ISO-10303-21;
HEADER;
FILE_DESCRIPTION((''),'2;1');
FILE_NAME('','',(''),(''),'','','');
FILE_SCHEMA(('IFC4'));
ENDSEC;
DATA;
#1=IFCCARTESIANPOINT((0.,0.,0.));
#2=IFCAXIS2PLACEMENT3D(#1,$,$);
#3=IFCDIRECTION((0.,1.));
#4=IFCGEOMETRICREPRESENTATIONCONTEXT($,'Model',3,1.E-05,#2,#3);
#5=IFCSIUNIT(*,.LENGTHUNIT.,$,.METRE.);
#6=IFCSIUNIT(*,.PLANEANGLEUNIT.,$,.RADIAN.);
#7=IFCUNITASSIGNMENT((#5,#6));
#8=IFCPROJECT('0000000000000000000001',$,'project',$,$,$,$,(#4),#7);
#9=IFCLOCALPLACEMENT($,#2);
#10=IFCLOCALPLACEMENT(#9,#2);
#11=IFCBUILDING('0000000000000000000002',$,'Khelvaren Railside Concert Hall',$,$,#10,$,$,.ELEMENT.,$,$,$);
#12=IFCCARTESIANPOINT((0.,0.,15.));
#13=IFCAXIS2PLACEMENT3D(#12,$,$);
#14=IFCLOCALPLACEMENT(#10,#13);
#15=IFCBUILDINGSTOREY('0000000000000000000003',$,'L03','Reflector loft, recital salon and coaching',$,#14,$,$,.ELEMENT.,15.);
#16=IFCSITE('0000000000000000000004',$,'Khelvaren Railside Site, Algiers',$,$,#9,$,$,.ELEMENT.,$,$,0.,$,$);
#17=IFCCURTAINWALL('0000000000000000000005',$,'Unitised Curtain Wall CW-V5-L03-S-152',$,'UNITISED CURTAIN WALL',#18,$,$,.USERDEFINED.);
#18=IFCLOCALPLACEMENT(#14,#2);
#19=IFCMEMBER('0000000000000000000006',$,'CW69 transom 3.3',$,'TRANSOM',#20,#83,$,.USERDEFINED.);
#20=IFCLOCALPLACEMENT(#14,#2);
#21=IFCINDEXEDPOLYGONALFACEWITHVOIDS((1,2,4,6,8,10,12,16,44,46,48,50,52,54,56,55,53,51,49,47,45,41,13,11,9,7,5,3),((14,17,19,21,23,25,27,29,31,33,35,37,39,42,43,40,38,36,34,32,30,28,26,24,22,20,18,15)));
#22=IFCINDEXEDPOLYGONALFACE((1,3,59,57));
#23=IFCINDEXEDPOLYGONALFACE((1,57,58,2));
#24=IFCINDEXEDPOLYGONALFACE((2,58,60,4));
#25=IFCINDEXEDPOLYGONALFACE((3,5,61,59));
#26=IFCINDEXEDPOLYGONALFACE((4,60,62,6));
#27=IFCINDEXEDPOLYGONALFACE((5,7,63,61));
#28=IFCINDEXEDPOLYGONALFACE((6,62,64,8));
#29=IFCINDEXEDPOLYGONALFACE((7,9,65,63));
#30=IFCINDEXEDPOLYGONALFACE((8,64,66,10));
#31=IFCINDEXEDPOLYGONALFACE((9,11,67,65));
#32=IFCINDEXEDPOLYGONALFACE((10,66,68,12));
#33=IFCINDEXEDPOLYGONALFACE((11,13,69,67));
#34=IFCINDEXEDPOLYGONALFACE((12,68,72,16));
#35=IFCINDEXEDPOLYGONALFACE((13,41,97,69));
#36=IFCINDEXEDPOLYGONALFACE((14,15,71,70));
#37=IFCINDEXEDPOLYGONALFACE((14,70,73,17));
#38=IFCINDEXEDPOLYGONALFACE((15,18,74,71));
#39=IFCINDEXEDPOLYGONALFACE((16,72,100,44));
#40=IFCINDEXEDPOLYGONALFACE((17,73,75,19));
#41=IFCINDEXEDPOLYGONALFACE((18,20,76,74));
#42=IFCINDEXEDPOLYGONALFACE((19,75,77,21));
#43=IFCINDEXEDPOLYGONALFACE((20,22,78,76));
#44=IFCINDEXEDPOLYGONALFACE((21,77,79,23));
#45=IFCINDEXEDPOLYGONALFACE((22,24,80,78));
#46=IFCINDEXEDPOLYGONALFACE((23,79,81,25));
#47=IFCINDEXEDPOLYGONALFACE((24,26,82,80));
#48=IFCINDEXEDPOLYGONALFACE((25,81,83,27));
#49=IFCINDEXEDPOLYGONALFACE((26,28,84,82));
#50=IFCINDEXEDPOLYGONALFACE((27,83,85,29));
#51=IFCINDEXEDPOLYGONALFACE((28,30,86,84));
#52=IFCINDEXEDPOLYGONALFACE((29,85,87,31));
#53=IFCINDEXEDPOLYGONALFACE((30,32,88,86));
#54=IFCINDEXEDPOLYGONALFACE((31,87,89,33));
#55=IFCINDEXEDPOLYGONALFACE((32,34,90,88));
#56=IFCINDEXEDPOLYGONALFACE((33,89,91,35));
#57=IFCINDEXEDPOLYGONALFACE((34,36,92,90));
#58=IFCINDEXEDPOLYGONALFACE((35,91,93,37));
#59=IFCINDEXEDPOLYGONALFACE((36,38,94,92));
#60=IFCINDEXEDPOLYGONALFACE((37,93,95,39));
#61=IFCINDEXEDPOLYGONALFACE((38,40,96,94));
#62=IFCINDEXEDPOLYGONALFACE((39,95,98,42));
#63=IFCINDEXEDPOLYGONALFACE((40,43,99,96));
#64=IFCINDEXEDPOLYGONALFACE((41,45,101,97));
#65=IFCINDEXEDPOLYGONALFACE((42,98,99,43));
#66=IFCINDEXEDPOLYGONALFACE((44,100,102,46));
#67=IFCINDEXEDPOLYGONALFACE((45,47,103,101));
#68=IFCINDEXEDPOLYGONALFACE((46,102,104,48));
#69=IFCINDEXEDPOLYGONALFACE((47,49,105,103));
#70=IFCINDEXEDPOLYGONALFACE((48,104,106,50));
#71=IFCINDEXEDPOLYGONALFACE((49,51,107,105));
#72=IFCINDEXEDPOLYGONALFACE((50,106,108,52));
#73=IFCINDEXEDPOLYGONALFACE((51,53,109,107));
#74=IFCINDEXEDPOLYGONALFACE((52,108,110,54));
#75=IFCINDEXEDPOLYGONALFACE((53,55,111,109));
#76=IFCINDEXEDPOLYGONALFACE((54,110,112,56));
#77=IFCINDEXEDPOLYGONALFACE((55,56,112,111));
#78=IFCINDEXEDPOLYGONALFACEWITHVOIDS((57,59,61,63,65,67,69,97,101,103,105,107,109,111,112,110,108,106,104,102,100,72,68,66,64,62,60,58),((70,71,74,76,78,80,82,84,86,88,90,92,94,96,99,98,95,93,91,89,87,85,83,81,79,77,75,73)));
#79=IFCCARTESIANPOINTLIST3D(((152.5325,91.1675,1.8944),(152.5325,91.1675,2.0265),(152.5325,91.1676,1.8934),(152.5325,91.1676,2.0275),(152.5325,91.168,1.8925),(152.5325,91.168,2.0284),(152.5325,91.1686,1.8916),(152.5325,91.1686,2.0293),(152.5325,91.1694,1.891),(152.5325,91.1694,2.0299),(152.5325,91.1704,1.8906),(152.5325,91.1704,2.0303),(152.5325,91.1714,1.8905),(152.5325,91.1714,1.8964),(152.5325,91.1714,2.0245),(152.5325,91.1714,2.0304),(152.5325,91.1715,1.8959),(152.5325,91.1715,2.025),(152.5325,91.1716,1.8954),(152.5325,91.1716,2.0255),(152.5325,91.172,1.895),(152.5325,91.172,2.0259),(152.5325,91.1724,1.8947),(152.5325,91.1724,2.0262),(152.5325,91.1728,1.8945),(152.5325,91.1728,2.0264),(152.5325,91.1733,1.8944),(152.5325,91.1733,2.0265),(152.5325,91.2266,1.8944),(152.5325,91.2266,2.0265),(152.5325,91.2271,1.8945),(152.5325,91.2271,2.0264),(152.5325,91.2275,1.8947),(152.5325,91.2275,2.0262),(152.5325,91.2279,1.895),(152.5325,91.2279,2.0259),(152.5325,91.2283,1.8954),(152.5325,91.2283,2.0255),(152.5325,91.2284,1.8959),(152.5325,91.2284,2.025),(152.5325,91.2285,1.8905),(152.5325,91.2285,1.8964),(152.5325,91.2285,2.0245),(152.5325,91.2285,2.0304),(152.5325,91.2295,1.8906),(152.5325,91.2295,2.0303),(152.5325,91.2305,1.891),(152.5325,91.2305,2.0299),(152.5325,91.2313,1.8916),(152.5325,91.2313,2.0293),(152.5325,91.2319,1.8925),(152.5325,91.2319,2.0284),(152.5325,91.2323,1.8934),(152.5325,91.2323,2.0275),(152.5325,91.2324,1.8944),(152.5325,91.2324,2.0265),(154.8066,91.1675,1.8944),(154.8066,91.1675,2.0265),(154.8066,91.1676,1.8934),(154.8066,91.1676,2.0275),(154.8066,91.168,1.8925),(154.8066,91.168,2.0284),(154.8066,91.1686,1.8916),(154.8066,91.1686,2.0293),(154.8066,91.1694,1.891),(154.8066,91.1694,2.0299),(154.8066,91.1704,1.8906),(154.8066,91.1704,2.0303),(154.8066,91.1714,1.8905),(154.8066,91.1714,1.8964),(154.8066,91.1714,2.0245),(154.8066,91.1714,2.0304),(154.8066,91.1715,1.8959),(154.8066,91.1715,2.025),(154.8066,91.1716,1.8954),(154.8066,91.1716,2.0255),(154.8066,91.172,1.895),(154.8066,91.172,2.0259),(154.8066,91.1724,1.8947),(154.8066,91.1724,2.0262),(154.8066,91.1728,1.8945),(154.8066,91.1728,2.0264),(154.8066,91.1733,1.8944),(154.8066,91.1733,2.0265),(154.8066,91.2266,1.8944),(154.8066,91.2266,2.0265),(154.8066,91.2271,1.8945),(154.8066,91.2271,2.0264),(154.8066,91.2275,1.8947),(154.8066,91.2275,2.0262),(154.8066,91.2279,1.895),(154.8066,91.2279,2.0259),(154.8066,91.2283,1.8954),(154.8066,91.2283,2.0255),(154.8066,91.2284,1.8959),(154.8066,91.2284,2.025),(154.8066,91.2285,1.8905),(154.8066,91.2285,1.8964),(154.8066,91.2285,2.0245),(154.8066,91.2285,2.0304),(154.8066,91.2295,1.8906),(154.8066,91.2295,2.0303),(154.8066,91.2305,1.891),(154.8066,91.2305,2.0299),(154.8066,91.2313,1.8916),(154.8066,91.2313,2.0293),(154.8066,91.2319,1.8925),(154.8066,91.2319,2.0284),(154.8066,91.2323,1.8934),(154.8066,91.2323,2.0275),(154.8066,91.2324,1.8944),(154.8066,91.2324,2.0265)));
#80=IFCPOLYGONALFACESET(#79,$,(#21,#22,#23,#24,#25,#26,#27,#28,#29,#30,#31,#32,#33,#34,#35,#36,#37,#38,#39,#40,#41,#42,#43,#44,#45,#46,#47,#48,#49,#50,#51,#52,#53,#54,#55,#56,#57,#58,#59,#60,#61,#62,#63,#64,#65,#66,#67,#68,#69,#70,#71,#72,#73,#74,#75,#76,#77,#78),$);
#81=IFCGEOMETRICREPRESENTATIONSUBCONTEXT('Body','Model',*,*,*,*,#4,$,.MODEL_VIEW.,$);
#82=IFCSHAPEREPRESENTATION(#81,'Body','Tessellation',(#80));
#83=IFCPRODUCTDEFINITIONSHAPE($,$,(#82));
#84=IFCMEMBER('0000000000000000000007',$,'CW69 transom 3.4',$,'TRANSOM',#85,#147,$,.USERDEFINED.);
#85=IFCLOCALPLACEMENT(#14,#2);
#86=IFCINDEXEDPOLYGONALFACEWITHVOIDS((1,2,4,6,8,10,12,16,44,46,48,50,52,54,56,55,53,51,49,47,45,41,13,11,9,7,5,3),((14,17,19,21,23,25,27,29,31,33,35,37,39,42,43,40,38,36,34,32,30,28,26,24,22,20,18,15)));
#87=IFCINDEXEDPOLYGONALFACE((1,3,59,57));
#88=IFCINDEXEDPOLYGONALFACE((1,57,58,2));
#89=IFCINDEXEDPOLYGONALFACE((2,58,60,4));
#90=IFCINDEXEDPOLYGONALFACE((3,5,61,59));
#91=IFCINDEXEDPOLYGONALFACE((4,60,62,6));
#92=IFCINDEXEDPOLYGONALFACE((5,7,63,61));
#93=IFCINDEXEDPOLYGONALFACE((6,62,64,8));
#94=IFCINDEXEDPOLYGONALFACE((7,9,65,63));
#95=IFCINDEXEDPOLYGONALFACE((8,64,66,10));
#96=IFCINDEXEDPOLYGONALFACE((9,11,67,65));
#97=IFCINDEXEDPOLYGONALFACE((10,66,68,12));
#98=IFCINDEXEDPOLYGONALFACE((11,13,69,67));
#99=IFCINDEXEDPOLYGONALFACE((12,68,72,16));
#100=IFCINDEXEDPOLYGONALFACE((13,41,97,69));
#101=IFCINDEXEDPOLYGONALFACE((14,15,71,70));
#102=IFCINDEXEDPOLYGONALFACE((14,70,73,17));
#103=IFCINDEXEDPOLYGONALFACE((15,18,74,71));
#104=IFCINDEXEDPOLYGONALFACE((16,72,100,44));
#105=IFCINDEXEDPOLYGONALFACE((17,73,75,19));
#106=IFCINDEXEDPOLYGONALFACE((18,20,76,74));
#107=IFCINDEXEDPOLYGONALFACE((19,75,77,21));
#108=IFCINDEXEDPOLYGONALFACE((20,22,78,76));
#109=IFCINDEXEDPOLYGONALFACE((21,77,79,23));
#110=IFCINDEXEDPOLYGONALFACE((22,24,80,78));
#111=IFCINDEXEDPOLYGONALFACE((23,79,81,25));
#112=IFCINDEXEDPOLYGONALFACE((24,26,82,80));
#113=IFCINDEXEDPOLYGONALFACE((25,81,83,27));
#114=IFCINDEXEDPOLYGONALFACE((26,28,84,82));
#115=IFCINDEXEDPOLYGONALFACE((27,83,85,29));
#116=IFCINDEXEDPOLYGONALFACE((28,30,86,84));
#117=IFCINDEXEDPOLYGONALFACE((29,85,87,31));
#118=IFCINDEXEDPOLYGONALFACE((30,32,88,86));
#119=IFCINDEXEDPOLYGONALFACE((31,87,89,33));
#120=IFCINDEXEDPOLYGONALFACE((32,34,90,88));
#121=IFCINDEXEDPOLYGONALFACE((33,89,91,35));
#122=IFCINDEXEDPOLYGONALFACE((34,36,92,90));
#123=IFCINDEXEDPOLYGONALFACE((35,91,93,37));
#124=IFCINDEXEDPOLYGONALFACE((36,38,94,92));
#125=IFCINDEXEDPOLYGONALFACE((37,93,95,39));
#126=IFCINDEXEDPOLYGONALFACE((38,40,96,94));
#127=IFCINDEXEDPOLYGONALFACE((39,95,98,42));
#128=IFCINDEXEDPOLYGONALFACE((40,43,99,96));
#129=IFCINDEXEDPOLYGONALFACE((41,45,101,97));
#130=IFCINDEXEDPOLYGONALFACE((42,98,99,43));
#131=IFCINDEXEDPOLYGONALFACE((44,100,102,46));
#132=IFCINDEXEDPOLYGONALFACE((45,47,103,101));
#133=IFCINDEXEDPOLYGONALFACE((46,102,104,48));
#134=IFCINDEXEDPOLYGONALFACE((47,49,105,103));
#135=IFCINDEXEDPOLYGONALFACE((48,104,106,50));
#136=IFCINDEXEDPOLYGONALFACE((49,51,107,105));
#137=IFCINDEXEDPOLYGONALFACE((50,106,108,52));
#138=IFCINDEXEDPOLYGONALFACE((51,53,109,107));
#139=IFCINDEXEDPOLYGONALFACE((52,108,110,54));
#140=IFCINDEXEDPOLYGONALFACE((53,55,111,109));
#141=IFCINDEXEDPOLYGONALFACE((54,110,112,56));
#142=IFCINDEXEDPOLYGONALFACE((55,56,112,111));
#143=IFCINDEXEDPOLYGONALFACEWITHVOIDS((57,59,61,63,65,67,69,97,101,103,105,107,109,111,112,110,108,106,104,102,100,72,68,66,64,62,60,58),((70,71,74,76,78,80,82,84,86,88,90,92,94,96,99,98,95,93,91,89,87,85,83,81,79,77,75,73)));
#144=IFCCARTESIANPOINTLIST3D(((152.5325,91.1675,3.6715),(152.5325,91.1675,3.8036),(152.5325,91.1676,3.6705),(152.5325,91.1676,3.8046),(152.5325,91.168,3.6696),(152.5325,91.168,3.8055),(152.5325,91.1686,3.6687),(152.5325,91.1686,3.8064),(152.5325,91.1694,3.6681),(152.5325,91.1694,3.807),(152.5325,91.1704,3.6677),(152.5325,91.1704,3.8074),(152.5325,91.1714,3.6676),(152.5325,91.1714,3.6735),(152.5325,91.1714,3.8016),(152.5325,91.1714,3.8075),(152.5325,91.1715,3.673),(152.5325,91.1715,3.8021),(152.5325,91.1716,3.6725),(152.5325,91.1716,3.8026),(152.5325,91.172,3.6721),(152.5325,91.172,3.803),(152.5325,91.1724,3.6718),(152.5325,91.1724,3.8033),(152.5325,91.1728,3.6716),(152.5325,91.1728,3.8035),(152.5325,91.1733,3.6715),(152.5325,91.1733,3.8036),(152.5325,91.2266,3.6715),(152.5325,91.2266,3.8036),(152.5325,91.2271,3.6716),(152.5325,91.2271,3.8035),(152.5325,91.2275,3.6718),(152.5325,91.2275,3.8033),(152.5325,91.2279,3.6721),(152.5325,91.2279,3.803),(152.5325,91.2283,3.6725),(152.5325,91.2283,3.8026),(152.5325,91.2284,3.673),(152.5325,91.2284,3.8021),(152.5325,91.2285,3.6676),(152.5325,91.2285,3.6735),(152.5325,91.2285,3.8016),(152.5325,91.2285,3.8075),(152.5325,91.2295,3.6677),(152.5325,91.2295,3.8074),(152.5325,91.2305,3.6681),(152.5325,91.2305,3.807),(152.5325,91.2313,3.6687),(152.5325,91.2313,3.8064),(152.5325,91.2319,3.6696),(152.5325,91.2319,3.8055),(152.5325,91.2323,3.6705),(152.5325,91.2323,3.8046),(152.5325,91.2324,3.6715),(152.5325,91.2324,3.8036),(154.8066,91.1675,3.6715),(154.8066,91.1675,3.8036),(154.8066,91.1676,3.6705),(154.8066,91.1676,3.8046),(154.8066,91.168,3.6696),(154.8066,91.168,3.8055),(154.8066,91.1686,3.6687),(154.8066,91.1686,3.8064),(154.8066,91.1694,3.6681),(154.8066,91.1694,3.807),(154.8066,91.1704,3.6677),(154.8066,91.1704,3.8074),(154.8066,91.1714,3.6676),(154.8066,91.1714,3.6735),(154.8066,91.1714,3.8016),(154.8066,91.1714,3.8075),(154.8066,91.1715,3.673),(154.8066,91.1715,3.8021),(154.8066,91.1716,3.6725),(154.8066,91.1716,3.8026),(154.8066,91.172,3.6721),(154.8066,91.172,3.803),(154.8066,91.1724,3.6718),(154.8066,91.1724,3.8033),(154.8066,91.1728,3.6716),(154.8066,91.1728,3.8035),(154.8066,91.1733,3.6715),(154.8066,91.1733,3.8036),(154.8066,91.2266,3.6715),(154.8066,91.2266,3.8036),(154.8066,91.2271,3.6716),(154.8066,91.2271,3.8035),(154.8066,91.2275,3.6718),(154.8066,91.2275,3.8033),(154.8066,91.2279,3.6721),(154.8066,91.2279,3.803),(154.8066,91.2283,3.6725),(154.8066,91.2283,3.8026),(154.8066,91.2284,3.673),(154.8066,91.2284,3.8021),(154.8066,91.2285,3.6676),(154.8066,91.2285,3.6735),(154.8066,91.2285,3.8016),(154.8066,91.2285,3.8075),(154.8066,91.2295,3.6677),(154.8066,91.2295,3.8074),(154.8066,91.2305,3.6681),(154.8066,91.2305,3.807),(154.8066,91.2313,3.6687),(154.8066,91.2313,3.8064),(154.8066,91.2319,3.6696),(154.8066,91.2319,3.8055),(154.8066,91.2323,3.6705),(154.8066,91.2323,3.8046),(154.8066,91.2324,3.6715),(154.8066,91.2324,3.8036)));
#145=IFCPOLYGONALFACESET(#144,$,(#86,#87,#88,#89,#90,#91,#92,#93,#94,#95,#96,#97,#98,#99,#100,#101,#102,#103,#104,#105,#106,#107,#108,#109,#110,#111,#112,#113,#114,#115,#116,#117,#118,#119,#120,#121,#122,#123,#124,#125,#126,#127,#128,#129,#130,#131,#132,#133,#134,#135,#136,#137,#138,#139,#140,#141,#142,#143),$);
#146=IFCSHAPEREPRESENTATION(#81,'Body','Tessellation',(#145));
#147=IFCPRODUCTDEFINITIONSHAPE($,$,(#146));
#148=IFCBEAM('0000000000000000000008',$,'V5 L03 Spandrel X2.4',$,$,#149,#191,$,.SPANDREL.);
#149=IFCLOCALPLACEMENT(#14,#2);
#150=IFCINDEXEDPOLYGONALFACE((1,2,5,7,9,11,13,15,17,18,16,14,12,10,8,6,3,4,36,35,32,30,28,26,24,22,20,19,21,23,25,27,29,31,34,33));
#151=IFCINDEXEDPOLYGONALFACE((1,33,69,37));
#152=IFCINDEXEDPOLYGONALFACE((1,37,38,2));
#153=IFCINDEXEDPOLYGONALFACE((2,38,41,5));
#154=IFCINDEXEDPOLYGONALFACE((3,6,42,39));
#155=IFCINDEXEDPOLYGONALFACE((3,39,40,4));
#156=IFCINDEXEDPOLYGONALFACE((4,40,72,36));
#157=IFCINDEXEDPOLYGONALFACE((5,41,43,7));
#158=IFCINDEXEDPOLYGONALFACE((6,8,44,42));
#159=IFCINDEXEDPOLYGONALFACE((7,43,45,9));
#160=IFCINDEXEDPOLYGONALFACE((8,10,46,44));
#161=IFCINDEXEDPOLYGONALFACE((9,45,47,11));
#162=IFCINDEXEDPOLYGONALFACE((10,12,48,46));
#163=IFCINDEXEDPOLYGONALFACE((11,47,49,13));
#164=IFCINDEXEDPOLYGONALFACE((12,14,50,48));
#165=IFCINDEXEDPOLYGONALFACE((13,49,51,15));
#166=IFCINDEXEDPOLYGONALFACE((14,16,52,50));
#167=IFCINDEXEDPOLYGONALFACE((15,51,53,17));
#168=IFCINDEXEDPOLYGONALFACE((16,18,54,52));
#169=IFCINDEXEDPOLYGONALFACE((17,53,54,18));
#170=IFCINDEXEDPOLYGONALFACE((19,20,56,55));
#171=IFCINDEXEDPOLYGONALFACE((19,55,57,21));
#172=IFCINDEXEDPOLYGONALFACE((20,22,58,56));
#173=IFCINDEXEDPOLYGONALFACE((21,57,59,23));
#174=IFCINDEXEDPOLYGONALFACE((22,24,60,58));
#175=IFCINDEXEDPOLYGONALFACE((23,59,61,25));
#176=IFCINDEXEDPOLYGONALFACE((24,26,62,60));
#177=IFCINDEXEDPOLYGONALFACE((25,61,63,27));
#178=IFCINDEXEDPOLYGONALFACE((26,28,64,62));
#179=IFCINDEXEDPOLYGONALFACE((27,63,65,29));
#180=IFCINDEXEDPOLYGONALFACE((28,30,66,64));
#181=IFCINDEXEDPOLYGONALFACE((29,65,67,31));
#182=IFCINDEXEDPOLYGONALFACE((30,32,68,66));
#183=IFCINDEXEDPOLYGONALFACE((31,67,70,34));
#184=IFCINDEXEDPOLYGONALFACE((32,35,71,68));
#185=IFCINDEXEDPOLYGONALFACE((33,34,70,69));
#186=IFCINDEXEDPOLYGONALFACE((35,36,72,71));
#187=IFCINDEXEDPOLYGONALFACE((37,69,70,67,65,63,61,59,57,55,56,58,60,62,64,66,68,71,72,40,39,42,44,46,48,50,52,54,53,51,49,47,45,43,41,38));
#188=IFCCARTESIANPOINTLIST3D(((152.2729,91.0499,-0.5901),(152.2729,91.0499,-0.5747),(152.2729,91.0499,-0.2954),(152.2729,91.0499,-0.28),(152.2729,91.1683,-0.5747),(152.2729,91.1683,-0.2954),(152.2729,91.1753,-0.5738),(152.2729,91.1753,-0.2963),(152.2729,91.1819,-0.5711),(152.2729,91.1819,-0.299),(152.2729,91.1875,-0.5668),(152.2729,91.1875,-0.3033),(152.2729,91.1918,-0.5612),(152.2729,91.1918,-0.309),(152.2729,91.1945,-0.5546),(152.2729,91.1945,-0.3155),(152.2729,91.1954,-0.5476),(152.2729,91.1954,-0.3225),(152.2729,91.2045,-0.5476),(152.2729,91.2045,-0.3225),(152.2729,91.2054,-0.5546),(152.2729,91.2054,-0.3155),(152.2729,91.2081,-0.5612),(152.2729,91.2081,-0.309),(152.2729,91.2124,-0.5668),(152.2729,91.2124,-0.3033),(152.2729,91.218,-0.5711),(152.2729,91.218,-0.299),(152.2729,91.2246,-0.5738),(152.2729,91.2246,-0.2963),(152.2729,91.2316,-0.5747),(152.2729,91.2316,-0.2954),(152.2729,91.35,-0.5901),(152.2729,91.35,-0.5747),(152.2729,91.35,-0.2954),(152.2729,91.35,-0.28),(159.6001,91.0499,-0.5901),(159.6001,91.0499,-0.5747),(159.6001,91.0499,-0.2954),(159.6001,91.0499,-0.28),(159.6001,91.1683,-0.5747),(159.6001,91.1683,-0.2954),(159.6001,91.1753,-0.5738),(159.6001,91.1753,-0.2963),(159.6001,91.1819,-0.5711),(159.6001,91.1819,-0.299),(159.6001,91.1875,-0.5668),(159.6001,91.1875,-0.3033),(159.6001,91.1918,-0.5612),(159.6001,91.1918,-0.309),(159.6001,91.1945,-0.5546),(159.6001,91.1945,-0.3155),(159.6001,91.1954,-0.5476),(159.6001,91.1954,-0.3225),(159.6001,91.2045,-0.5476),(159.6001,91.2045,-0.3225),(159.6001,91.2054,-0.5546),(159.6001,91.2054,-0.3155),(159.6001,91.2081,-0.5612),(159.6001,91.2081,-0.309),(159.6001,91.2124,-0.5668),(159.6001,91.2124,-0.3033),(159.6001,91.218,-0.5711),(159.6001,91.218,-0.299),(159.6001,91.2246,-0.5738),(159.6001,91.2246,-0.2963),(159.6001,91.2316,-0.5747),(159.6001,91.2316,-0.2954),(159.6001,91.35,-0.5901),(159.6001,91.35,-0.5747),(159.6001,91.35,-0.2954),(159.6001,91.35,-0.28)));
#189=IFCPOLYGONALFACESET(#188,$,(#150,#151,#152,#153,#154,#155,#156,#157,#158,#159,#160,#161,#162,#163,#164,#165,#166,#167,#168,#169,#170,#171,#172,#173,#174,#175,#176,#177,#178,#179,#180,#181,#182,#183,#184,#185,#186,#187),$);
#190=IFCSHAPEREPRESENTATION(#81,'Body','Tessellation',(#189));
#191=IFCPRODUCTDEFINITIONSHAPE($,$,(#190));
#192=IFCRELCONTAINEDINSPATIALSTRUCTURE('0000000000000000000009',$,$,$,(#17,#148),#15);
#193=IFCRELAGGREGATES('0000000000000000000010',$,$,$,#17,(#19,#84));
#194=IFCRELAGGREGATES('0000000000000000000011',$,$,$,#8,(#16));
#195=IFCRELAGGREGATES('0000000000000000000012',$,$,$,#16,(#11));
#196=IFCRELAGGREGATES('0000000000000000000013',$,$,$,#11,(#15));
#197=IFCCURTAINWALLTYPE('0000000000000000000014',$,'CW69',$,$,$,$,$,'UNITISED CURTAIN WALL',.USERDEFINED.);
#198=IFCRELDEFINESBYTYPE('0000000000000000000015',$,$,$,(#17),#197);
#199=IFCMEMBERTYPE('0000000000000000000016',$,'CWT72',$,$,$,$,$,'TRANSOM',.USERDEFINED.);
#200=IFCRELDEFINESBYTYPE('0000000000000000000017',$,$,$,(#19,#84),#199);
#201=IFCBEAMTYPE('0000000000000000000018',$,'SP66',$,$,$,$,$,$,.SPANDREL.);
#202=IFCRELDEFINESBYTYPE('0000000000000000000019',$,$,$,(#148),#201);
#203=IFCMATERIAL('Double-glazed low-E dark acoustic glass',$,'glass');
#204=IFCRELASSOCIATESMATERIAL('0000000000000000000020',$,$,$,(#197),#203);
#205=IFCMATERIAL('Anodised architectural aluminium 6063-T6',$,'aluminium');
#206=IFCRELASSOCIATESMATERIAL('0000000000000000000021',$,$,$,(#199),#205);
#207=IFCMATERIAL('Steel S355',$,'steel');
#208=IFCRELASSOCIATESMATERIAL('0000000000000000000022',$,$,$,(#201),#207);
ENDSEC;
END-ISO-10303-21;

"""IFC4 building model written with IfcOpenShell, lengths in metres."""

from ifc_helpers import new_model, si_unit, direction, frame, origin, origin_2d, place, context, subcontext, project, spatial, hollow_rectangle, i_section, extrude, material, material_profile, profile_set, type_object, element, aggregate, save


model = new_model("IFC4")

# Units and contexts
model_context = context("Model", 3, precision=1e-05, world=origin(), true_north=direction((0.0, 1.0)))
body_context = subcontext(model_context, "Body", "Model", "MODEL_VIEW")
ifc_project = project(units=[si_unit("LENGTHUNIT", "METRE"), si_unit("PLANEANGLEUNIT", "RADIAN")], contexts=[model_context])

# Site, building, storey
site_placement = place(None, origin())
site = spatial("IfcSite", under=ifc_project, at=site_placement, Name="Khelvaren Railside Site, Algiers", CompositionType="ELEMENT", RefElevation=0.0)
building_placement = place(site_placement, origin())
building = spatial("IfcBuilding", under=site, at=building_placement, Name="Khelvaren Railside Concert Hall", CompositionType="ELEMENT")
storey_placement = place(building_placement, frame((0.0, 0.0, 15.0)))
storey = spatial("IfcBuildingStorey", under=building, at=storey_placement, Name="L03", Description="Reflector loft, recital salon and coaching", CompositionType="ELEMENT", Elevation=15.0)

# Shared definitions
ifc_material_1 = material(Name="Double-glazed low-E dark acoustic glass", Category="glass")
ifc_material_2 = material(Name="Anodised architectural aluminium 6063-T6", Category="aluminium")

# Curtain wall
curtain_wall_type_1 = type_object("IfcCurtainWallType", Name="CW69", ElementType="UNITISED CURTAIN WALL", PredefinedType="USERDEFINED", material=ifc_material_1)
curtain_wall_1_placement = place(storey_placement, origin())
curtain_wall_1 = element("IfcCurtainWall", 1, at=curtain_wall_1_placement, inside=storey, type_object=curtain_wall_type_1, Name="Unitised Curtain Wall CW-V5-L03-S-152", ObjectType="UNITISED CURTAIN WALL", PredefinedType="USERDEFINED")

# Members
ifc_material_profile_1 = material_profile(ifc_material_2, hollow_rectangle(XDim=0.0649, YDim=0.1399, WallThickness=0.0039, InnerFilletRadius=0.002, OuterFilletRadius=0.0039, at=origin_2d()), Name="CWT 65x140x4")
ifc_profile_set_1 = profile_set([ifc_material_profile_1], Name="Anodised architectural aluminium 6063-T6")
member_type_1 = type_object("IfcMemberType", Name="CWT72", ElementType="TRANSOM", PredefinedType="USERDEFINED", material=ifc_profile_set_1)
member_1_placement = place(storey_placement, frame((154.8066, 91.2, 1.9604), z_axis=(-1.0, 0.0, 0.0), x_axis=(0.0, -1.0, 0.0)))
member_1 = element("IfcMember", 2, at=member_1_placement, type_object=member_type_1, Name="CW69 transom 3.3", ObjectType="TRANSOM", PredefinedType="USERDEFINED", context=body_context, shape_type="SweptSolid", body=[
    extrude(hollow_rectangle(XDim=0.0649, YDim=0.1399, WallThickness=0.0039, InnerFilletRadius=0.002, OuterFilletRadius=0.0039, at=origin_2d()), origin(), (0.0, 0.0, 1.0), 2.2742),
])
member_2_placement = place(storey_placement, frame((154.8066, 91.2, 3.7375), z_axis=(-1.0, 0.0, 0.0), x_axis=(0.0, -1.0, 0.0)))
member_2 = element("IfcMember", 3, at=member_2_placement, type_object=member_type_1, Name="CW69 transom 3.4", ObjectType="TRANSOM", PredefinedType="USERDEFINED", context=body_context, shape_type="SweptSolid", body=[
    extrude(hollow_rectangle(XDim=0.0649, YDim=0.1399, WallThickness=0.0039, InnerFilletRadius=0.002, OuterFilletRadius=0.0039, at=origin_2d()), origin(), (0.0, 0.0, 1.0), 2.2742),
])

# Beam
ifc_material_3 = material(Name="Steel S355", Category="steel")
ifc_material_profile_2 = material_profile(ifc_material_3, i_section(OverallWidth=0.3, OverallDepth=0.3101, WebThickness=0.009, FlangeThickness=0.0154, FilletRadius=0.0271, at=origin_2d()), Name="HEA 320")
ifc_profile_set_2 = profile_set([ifc_material_profile_2], Name="Steel S355")
beam_type = type_object("IfcBeamType", Name="SP66", PredefinedType="SPANDREL", material=ifc_profile_set_2)
beam_placement = place(storey_placement, frame((152.2729, 91.2, -0.4351), z_axis=(1.0, 0.0, 0.0), x_axis=(0.0, 1.0, 0.0)))
element("IfcBeam", 4, at=beam_placement, inside=storey, type_object=beam_type, Name="V5 L03 Spandrel X2.4", PredefinedType="SPANDREL", context=body_context, shape_type="SweptSolid", body=[
    extrude(i_section(OverallWidth=0.3, OverallDepth=0.3101, WebThickness=0.009, FlangeThickness=0.0154, FilletRadius=0.0271, at=origin_2d()), origin(), (0.0, 0.0, 1.0), 7.3271),
])

aggregate(curtain_wall_1, [member_1, member_2])

save(model, "model.ifc")
